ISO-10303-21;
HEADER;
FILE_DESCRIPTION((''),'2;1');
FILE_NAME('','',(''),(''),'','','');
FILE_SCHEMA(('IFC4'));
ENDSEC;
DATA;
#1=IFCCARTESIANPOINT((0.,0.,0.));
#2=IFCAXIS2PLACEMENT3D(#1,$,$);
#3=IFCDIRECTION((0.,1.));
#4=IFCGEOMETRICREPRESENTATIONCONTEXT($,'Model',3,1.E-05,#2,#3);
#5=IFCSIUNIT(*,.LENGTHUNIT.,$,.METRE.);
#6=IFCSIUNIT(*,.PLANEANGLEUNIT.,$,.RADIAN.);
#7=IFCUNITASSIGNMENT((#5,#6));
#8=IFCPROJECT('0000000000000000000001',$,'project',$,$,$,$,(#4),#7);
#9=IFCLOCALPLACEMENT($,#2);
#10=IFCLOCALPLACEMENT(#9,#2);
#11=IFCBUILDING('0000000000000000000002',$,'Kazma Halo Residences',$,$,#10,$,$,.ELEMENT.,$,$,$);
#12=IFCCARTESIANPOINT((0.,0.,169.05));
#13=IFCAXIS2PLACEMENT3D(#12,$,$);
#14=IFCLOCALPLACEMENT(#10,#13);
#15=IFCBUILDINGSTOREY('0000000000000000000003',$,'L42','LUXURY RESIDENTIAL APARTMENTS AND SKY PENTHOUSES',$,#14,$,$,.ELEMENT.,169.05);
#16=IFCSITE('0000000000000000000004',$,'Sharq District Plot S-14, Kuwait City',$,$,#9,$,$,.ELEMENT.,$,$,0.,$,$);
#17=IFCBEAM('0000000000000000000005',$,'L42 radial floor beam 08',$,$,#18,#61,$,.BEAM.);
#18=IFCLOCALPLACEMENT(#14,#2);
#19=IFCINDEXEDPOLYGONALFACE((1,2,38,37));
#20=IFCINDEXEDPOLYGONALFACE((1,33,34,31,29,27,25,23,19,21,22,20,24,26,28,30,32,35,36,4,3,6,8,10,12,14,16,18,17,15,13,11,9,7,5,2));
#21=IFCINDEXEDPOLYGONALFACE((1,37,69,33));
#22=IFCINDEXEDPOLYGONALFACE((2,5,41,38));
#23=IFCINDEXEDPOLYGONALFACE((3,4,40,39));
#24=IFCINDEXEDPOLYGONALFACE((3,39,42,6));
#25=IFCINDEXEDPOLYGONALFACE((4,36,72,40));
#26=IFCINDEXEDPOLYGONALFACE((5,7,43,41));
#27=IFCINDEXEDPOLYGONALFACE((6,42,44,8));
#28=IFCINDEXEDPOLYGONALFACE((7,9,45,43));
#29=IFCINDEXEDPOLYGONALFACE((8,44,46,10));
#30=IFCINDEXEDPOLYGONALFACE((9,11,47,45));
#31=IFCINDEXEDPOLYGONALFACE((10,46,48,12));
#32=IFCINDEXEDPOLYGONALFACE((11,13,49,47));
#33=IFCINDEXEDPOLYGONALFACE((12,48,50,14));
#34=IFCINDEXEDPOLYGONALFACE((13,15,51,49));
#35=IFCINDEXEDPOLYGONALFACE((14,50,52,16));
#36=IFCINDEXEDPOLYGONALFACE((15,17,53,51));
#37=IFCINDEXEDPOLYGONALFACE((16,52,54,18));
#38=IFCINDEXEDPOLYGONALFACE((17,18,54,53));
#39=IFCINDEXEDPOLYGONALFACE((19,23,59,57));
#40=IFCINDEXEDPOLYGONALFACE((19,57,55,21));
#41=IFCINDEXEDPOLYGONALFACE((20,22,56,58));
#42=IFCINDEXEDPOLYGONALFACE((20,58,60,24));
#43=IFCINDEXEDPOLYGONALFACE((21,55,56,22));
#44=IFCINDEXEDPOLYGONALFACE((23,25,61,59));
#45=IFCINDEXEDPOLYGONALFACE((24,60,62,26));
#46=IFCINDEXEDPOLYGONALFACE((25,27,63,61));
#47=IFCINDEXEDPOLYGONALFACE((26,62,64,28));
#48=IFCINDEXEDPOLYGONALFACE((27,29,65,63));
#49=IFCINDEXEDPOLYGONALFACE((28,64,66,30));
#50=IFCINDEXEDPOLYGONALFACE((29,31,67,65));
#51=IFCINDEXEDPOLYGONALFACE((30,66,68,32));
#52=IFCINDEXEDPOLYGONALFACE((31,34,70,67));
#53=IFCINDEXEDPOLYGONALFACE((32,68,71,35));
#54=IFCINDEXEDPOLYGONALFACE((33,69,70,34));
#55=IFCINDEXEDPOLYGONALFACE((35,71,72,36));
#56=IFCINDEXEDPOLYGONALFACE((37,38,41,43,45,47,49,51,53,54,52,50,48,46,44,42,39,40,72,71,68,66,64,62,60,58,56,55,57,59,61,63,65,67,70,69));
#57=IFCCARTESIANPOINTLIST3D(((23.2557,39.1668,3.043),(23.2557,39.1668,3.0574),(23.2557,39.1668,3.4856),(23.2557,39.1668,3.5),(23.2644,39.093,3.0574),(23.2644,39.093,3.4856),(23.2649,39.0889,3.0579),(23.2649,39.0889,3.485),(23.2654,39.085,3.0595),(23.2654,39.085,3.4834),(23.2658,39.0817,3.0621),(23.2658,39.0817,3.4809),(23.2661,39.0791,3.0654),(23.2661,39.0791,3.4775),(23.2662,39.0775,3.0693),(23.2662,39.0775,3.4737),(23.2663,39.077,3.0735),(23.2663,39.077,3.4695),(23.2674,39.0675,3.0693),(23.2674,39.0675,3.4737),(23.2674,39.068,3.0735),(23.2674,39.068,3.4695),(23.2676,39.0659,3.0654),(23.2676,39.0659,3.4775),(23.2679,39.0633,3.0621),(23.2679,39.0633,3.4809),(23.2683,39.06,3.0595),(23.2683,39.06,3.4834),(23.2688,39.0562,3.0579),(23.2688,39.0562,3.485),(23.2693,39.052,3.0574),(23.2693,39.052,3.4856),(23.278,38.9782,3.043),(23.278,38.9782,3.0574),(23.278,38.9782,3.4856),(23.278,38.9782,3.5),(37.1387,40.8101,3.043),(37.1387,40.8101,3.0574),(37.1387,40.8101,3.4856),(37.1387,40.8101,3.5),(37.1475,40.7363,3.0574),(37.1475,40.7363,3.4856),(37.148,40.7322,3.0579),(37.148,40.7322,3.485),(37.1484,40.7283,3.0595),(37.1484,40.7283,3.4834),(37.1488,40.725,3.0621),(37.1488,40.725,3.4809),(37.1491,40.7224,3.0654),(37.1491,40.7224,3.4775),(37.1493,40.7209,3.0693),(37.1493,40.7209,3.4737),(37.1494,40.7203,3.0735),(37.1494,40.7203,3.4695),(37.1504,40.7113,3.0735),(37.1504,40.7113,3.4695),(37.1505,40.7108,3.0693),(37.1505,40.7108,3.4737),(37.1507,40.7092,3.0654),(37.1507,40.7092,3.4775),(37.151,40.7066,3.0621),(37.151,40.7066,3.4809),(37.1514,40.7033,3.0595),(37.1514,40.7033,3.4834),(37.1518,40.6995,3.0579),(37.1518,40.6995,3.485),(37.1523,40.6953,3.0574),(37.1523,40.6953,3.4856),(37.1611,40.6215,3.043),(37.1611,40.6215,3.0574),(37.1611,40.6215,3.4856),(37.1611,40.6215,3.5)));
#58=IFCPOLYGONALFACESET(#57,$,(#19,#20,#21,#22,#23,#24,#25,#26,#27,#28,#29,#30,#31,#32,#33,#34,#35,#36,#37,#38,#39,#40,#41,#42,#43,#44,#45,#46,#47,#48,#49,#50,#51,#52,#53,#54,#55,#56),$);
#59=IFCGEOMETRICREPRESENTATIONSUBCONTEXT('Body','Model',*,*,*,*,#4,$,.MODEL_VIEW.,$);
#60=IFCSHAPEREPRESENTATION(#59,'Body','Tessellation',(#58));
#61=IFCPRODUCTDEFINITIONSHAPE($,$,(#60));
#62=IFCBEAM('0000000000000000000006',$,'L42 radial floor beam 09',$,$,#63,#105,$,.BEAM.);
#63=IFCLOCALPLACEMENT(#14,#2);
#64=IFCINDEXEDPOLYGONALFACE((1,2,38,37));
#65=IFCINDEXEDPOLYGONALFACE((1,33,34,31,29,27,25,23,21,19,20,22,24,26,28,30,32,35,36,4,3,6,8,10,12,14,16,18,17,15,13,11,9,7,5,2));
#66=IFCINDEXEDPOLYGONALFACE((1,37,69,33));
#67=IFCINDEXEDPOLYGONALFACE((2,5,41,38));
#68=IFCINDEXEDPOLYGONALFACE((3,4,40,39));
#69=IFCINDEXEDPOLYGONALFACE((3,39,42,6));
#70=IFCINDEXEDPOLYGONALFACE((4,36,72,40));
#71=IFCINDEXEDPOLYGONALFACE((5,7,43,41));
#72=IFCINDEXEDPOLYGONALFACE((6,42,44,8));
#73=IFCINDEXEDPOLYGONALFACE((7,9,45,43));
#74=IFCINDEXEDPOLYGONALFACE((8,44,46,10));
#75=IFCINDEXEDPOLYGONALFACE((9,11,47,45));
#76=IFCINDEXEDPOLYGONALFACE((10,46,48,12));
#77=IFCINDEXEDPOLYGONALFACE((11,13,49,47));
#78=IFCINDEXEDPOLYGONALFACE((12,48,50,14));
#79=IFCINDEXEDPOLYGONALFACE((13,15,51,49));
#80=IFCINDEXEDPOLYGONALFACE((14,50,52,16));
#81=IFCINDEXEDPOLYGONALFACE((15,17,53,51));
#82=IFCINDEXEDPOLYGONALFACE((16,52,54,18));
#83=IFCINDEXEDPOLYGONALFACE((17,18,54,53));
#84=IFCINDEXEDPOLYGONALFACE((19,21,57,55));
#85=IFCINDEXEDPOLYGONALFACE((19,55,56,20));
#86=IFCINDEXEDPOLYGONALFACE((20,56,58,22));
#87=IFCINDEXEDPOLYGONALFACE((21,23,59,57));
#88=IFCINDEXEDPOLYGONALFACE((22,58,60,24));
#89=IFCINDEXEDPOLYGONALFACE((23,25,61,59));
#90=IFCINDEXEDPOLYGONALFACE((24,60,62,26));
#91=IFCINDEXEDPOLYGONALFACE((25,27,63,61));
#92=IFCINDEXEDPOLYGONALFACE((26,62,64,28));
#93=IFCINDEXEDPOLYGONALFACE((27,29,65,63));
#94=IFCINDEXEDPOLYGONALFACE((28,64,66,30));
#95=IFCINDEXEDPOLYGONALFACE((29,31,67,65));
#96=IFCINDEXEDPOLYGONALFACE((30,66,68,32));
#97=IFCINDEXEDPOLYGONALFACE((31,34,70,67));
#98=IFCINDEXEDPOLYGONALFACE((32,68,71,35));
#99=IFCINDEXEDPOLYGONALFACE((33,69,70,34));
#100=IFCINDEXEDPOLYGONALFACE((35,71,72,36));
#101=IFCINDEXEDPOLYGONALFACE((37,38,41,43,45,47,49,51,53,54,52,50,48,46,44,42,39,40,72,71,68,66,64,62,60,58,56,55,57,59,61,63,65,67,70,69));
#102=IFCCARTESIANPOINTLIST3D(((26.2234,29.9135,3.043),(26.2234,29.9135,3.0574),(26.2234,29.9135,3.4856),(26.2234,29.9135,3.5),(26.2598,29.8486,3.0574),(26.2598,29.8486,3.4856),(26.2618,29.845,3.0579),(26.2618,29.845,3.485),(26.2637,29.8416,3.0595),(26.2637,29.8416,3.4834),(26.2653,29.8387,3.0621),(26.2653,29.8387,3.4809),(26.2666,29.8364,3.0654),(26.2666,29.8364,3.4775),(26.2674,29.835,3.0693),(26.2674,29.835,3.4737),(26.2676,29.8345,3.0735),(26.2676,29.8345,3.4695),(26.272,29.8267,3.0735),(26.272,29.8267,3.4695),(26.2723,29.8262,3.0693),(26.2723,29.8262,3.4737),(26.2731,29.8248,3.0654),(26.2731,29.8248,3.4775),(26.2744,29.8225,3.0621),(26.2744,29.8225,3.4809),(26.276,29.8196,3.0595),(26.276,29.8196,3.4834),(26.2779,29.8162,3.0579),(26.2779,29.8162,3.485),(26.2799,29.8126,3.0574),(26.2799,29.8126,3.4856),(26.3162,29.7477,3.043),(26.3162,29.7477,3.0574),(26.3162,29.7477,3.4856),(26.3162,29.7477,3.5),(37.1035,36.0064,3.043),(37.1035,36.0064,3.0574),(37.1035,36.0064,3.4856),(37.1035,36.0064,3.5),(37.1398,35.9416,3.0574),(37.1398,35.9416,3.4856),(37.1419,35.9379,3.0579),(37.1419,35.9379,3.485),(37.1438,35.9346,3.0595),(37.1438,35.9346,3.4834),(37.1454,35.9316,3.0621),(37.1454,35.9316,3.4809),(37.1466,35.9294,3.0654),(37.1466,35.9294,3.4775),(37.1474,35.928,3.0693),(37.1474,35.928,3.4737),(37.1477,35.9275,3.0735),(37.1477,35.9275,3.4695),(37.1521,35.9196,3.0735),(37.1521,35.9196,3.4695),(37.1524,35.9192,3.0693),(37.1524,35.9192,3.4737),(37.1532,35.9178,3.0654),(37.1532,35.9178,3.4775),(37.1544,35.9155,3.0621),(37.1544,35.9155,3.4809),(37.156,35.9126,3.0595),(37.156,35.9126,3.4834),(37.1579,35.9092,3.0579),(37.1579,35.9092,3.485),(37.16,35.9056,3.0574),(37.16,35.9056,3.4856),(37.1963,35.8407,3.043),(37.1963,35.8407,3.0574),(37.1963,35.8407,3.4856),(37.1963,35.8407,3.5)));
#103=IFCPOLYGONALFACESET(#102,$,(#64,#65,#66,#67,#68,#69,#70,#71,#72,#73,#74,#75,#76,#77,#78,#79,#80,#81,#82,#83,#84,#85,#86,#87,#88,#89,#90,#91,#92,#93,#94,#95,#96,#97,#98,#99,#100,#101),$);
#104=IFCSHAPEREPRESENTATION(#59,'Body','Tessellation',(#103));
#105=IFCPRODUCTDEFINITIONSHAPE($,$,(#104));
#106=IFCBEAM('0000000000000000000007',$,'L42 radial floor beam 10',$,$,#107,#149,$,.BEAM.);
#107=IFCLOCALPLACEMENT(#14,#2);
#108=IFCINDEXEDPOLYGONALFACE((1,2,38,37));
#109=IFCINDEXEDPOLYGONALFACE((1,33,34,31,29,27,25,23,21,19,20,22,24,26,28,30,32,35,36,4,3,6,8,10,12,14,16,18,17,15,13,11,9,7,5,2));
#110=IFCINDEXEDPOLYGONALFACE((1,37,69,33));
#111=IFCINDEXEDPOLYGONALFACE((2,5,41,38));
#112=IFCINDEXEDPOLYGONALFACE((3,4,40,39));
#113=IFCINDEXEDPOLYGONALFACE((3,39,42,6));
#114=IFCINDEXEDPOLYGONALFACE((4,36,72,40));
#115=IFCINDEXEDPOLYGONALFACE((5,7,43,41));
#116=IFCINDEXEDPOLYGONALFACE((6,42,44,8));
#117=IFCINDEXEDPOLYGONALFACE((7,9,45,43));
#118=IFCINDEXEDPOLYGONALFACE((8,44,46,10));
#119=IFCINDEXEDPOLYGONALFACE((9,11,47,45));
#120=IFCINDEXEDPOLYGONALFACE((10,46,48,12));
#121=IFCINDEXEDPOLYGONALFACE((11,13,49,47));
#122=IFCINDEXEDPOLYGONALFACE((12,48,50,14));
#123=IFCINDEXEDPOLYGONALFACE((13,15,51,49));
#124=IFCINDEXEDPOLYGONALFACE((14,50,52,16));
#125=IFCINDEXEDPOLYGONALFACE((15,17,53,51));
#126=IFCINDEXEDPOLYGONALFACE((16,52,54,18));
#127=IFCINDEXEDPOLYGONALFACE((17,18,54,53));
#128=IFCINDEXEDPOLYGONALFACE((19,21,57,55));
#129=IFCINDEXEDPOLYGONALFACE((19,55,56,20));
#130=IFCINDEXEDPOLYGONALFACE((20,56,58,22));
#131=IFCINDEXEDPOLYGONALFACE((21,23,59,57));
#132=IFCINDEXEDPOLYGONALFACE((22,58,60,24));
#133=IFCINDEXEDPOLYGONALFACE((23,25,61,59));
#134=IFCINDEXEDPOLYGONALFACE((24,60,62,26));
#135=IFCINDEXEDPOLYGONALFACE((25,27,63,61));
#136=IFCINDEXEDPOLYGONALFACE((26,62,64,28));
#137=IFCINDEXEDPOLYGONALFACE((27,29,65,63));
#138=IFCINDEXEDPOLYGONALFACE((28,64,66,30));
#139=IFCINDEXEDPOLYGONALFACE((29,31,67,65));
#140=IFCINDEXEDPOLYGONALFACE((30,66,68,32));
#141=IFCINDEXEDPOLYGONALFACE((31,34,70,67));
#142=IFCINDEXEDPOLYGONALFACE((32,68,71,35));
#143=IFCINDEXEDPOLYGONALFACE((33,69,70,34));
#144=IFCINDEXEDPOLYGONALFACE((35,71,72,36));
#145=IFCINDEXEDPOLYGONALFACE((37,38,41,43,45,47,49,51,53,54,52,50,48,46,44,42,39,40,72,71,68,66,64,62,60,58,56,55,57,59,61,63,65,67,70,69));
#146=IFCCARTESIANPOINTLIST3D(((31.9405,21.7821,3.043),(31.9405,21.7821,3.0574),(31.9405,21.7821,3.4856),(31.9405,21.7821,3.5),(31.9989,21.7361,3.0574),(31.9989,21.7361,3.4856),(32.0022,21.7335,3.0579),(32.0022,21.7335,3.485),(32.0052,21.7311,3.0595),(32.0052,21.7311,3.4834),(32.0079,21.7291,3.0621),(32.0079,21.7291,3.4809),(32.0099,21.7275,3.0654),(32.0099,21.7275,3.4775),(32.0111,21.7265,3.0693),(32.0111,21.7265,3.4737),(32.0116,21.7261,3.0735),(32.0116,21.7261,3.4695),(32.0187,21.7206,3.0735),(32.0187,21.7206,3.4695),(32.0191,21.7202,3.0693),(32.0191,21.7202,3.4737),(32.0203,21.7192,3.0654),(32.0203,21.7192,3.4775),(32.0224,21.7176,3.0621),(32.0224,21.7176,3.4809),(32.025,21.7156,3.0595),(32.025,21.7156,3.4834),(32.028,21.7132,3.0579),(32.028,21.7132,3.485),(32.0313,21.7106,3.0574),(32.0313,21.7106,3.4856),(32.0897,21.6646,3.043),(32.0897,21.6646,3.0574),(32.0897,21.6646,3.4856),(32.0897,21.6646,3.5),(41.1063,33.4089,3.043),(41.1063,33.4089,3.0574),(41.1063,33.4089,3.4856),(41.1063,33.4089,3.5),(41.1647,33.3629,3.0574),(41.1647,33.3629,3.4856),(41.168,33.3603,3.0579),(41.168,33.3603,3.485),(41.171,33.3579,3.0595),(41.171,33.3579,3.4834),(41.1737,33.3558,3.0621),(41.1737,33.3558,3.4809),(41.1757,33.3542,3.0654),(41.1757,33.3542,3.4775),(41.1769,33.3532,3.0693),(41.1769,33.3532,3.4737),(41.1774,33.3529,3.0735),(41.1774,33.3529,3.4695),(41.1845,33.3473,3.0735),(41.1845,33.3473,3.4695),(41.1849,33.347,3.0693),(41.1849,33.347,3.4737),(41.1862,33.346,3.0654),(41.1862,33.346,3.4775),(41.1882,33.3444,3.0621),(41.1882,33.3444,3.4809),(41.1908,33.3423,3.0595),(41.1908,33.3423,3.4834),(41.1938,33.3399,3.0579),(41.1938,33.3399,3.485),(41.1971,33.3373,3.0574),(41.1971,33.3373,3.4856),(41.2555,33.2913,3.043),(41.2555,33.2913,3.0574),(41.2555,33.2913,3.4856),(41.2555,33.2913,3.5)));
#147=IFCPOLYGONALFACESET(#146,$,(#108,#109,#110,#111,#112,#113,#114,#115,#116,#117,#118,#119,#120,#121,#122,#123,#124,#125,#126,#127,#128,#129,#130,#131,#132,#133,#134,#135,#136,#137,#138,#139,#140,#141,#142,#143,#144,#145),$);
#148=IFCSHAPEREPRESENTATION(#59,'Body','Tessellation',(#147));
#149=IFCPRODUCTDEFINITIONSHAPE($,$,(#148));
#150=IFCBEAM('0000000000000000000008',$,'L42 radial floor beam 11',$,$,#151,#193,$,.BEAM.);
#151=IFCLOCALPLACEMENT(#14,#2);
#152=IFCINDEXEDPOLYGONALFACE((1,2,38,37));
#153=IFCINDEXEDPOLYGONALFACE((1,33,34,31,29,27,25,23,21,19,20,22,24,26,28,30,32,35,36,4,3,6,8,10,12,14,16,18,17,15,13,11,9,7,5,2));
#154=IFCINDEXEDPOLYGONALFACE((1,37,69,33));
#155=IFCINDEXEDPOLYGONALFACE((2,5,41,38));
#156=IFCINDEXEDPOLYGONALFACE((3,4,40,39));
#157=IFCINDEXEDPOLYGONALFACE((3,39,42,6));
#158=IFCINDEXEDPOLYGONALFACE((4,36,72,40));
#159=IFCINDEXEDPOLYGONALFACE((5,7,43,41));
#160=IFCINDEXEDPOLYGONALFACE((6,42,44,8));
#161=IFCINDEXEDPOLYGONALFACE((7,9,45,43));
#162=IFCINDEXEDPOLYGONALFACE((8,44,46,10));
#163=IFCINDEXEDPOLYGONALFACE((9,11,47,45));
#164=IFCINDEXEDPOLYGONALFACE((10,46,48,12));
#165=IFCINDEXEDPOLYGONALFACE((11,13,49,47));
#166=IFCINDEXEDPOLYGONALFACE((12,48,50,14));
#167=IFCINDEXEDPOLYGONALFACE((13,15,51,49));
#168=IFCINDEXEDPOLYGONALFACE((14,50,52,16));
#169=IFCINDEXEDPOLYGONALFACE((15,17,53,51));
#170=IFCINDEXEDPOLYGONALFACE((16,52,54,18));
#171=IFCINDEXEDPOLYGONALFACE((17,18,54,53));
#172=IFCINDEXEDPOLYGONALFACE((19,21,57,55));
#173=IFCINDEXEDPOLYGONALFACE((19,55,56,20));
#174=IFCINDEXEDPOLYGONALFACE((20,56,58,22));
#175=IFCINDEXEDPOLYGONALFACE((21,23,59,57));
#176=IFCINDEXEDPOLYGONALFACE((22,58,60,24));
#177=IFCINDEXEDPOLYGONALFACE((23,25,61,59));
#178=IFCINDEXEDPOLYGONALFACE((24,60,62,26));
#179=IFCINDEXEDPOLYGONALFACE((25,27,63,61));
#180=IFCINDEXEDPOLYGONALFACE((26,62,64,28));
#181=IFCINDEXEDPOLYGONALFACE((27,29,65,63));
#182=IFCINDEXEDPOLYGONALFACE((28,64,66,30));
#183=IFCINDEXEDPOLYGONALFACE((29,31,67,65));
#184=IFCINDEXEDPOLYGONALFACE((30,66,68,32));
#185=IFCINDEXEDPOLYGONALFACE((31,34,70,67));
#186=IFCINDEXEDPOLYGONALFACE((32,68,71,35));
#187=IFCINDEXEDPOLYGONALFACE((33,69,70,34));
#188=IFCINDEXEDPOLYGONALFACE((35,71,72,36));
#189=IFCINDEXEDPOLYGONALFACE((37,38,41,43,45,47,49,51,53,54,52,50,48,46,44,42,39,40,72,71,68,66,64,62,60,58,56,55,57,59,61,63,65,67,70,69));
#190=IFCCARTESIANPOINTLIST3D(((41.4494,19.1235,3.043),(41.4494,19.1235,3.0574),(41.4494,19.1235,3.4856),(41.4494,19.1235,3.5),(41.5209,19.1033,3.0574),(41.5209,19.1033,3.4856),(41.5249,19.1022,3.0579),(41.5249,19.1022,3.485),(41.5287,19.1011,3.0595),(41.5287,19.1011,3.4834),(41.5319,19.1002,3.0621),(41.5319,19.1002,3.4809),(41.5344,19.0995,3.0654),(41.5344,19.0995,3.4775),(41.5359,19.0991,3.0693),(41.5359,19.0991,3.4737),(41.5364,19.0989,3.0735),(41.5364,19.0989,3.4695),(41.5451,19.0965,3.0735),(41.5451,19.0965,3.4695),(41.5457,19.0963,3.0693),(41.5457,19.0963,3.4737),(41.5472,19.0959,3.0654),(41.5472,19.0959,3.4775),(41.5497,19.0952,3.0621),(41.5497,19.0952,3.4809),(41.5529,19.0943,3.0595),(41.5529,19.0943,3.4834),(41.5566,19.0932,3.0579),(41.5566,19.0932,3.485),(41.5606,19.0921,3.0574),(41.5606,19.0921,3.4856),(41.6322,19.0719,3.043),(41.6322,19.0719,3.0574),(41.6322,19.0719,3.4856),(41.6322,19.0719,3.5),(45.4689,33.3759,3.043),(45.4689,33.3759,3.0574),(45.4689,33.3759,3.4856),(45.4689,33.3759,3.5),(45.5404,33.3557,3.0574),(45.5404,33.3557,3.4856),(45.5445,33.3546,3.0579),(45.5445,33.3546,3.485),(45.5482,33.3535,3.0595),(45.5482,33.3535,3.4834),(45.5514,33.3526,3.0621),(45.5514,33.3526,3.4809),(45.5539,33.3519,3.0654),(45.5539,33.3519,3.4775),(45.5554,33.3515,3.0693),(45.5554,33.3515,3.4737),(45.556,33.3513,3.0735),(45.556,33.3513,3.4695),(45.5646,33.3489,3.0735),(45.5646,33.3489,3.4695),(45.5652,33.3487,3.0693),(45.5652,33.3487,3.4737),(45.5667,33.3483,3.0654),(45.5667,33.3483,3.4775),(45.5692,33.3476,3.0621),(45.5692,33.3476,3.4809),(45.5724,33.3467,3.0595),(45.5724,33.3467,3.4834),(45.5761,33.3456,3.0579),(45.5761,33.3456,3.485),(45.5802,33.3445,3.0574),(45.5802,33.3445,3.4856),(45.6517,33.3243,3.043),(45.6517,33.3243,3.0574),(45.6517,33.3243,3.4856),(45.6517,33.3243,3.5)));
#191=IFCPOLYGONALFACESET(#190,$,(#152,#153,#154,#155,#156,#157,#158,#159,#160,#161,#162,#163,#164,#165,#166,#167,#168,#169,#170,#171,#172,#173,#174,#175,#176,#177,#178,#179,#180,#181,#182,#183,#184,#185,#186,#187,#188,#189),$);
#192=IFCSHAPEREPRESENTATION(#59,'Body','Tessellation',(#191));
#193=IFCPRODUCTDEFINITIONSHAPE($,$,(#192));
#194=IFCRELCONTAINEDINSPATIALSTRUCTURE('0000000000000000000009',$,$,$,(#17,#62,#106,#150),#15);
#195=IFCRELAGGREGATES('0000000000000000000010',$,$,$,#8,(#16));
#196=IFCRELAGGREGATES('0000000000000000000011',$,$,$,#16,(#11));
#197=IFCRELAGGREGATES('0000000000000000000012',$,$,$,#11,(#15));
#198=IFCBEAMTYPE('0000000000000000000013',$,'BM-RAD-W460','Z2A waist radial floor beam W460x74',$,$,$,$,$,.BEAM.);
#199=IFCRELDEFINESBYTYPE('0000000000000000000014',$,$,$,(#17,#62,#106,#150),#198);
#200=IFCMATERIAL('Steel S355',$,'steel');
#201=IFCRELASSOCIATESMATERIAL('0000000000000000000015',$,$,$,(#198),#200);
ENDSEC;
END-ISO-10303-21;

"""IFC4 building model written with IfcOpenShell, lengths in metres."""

from ifc_helpers import new_model, si_unit, direction, frame, origin, origin_2d, place, context, subcontext, project, spatial, i_section, extrude, material, material_profile, profile_set, type_object, element, save


model = new_model("IFC4")

# Units and contexts
model_context = context("Model", 3, precision=1e-05, world=origin(), true_north=direction((0.0, 1.0)))
body_context = subcontext(model_context, "Body", "Model", "MODEL_VIEW")
ifc_project = project(units=[si_unit("LENGTHUNIT", "METRE"), si_unit("PLANEANGLEUNIT", "RADIAN")], contexts=[model_context])

# Site, building, storey
site_placement = place(None, origin())
site = spatial("IfcSite", under=ifc_project, at=site_placement, Name="Sharq District Plot S-14, Kuwait City", CompositionType="ELEMENT", RefElevation=0.0)
building_placement = place(site_placement, origin())
building = spatial("IfcBuilding", under=site, at=building_placement, Name="Kazma Halo Residences", CompositionType="ELEMENT")
storey_placement = place(building_placement, frame((0.0, 0.0, 169.05)))
storey = spatial("IfcBuildingStorey", under=building, at=storey_placement, Name="L42", Description="LUXURY RESIDENTIAL APARTMENTS AND SKY PENTHOUSES", CompositionType="ELEMENT", Elevation=169.05)

# Beams
ifc_material_1 = material(Name="Steel S355", Category="steel")
ifc_material_profile_1 = material_profile(ifc_material_1, i_section(OverallWidth=0.1899, OverallDepth=0.457, WebThickness=0.009, FlangeThickness=0.0144, FilletRadius=0.0161, at=origin_2d()), Name="W460x74")
ifc_profile_set_1 = profile_set([ifc_material_profile_1], Name="Steel S355")
beam_type_1 = type_object("IfcBeamType", Name="BM-RAD-W460", Description="Z2A waist radial floor beam W460x74", PredefinedType="BEAM", material=ifc_profile_set_1)
beam_1_placement = place(storey_placement, frame((37.1499, 40.7158, 3.2715), z_axis=(-0.993067, -0.117547, 0.0), x_axis=(0.117547, -0.993067, 0.0)))
element("IfcBeam", 1, at=beam_1_placement, inside=storey, type_object=beam_type_1, Name="L42 radial floor beam 08", PredefinedType="BEAM", context=body_context, shape_type="SweptSolid", body=[
    extrude(i_section(OverallWidth=0.1899, OverallDepth=0.457, WebThickness=0.009, FlangeThickness=0.0144, FilletRadius=0.0161, at=origin_2d()), origin(), (0.0, 0.0, 1.0), 13.98),
])
beam_2_placement = place(storey_placement, frame((37.1499, 35.9236, 3.2715), z_axis=(-0.872501, -0.488612, 0.0), x_axis=(0.488612, -0.872501, 0.0)))
element("IfcBeam", 2, at=beam_2_placement, inside=storey, type_object=beam_type_1, Name="L42 radial floor beam 09", PredefinedType="BEAM", context=body_context, shape_type="SweptSolid", body=[
    extrude(i_section(OverallWidth=0.1899, OverallDepth=0.457, WebThickness=0.009, FlangeThickness=0.0144, FilletRadius=0.0161, at=origin_2d()), origin(), (0.0, 0.0, 1.0), 12.47),
])
beam_3_placement = place(storey_placement, frame((41.1809, 33.3501, 3.2715), z_axis=(-0.619094, -0.785316, 0.0), x_axis=(0.785316, -0.619094, 0.0)))
element("IfcBeam", 3, at=beam_3_placement, inside=storey, type_object=beam_type_1, Name="L42 radial floor beam 10", PredefinedType="BEAM", context=body_context, shape_type="SweptSolid", body=[
    extrude(i_section(OverallWidth=0.1899, OverallDepth=0.457, WebThickness=0.009, FlangeThickness=0.0144, FilletRadius=0.0161, at=origin_2d()), origin(), (0.0, 0.0, 1.0), 14.8052),
])
beam_4_placement = place(storey_placement, frame((45.5603, 33.3501, 3.2715), z_axis=(-0.271436, -0.962457, 0.0), x_axis=(0.962457, -0.271436, 0.0)))
element("IfcBeam", 4, at=beam_4_placement, inside=storey, type_object=beam_type_1, Name="L42 radial floor beam 11", PredefinedType="BEAM", context=body_context, shape_type="SweptSolid", body=[
    extrude(i_section(OverallWidth=0.1899, OverallDepth=0.457, WebThickness=0.009, FlangeThickness=0.0144, FilletRadius=0.0161, at=origin_2d()), origin(), (0.0, 0.0, 1.0), 14.8083),
])

save(model, "model.ifc")
